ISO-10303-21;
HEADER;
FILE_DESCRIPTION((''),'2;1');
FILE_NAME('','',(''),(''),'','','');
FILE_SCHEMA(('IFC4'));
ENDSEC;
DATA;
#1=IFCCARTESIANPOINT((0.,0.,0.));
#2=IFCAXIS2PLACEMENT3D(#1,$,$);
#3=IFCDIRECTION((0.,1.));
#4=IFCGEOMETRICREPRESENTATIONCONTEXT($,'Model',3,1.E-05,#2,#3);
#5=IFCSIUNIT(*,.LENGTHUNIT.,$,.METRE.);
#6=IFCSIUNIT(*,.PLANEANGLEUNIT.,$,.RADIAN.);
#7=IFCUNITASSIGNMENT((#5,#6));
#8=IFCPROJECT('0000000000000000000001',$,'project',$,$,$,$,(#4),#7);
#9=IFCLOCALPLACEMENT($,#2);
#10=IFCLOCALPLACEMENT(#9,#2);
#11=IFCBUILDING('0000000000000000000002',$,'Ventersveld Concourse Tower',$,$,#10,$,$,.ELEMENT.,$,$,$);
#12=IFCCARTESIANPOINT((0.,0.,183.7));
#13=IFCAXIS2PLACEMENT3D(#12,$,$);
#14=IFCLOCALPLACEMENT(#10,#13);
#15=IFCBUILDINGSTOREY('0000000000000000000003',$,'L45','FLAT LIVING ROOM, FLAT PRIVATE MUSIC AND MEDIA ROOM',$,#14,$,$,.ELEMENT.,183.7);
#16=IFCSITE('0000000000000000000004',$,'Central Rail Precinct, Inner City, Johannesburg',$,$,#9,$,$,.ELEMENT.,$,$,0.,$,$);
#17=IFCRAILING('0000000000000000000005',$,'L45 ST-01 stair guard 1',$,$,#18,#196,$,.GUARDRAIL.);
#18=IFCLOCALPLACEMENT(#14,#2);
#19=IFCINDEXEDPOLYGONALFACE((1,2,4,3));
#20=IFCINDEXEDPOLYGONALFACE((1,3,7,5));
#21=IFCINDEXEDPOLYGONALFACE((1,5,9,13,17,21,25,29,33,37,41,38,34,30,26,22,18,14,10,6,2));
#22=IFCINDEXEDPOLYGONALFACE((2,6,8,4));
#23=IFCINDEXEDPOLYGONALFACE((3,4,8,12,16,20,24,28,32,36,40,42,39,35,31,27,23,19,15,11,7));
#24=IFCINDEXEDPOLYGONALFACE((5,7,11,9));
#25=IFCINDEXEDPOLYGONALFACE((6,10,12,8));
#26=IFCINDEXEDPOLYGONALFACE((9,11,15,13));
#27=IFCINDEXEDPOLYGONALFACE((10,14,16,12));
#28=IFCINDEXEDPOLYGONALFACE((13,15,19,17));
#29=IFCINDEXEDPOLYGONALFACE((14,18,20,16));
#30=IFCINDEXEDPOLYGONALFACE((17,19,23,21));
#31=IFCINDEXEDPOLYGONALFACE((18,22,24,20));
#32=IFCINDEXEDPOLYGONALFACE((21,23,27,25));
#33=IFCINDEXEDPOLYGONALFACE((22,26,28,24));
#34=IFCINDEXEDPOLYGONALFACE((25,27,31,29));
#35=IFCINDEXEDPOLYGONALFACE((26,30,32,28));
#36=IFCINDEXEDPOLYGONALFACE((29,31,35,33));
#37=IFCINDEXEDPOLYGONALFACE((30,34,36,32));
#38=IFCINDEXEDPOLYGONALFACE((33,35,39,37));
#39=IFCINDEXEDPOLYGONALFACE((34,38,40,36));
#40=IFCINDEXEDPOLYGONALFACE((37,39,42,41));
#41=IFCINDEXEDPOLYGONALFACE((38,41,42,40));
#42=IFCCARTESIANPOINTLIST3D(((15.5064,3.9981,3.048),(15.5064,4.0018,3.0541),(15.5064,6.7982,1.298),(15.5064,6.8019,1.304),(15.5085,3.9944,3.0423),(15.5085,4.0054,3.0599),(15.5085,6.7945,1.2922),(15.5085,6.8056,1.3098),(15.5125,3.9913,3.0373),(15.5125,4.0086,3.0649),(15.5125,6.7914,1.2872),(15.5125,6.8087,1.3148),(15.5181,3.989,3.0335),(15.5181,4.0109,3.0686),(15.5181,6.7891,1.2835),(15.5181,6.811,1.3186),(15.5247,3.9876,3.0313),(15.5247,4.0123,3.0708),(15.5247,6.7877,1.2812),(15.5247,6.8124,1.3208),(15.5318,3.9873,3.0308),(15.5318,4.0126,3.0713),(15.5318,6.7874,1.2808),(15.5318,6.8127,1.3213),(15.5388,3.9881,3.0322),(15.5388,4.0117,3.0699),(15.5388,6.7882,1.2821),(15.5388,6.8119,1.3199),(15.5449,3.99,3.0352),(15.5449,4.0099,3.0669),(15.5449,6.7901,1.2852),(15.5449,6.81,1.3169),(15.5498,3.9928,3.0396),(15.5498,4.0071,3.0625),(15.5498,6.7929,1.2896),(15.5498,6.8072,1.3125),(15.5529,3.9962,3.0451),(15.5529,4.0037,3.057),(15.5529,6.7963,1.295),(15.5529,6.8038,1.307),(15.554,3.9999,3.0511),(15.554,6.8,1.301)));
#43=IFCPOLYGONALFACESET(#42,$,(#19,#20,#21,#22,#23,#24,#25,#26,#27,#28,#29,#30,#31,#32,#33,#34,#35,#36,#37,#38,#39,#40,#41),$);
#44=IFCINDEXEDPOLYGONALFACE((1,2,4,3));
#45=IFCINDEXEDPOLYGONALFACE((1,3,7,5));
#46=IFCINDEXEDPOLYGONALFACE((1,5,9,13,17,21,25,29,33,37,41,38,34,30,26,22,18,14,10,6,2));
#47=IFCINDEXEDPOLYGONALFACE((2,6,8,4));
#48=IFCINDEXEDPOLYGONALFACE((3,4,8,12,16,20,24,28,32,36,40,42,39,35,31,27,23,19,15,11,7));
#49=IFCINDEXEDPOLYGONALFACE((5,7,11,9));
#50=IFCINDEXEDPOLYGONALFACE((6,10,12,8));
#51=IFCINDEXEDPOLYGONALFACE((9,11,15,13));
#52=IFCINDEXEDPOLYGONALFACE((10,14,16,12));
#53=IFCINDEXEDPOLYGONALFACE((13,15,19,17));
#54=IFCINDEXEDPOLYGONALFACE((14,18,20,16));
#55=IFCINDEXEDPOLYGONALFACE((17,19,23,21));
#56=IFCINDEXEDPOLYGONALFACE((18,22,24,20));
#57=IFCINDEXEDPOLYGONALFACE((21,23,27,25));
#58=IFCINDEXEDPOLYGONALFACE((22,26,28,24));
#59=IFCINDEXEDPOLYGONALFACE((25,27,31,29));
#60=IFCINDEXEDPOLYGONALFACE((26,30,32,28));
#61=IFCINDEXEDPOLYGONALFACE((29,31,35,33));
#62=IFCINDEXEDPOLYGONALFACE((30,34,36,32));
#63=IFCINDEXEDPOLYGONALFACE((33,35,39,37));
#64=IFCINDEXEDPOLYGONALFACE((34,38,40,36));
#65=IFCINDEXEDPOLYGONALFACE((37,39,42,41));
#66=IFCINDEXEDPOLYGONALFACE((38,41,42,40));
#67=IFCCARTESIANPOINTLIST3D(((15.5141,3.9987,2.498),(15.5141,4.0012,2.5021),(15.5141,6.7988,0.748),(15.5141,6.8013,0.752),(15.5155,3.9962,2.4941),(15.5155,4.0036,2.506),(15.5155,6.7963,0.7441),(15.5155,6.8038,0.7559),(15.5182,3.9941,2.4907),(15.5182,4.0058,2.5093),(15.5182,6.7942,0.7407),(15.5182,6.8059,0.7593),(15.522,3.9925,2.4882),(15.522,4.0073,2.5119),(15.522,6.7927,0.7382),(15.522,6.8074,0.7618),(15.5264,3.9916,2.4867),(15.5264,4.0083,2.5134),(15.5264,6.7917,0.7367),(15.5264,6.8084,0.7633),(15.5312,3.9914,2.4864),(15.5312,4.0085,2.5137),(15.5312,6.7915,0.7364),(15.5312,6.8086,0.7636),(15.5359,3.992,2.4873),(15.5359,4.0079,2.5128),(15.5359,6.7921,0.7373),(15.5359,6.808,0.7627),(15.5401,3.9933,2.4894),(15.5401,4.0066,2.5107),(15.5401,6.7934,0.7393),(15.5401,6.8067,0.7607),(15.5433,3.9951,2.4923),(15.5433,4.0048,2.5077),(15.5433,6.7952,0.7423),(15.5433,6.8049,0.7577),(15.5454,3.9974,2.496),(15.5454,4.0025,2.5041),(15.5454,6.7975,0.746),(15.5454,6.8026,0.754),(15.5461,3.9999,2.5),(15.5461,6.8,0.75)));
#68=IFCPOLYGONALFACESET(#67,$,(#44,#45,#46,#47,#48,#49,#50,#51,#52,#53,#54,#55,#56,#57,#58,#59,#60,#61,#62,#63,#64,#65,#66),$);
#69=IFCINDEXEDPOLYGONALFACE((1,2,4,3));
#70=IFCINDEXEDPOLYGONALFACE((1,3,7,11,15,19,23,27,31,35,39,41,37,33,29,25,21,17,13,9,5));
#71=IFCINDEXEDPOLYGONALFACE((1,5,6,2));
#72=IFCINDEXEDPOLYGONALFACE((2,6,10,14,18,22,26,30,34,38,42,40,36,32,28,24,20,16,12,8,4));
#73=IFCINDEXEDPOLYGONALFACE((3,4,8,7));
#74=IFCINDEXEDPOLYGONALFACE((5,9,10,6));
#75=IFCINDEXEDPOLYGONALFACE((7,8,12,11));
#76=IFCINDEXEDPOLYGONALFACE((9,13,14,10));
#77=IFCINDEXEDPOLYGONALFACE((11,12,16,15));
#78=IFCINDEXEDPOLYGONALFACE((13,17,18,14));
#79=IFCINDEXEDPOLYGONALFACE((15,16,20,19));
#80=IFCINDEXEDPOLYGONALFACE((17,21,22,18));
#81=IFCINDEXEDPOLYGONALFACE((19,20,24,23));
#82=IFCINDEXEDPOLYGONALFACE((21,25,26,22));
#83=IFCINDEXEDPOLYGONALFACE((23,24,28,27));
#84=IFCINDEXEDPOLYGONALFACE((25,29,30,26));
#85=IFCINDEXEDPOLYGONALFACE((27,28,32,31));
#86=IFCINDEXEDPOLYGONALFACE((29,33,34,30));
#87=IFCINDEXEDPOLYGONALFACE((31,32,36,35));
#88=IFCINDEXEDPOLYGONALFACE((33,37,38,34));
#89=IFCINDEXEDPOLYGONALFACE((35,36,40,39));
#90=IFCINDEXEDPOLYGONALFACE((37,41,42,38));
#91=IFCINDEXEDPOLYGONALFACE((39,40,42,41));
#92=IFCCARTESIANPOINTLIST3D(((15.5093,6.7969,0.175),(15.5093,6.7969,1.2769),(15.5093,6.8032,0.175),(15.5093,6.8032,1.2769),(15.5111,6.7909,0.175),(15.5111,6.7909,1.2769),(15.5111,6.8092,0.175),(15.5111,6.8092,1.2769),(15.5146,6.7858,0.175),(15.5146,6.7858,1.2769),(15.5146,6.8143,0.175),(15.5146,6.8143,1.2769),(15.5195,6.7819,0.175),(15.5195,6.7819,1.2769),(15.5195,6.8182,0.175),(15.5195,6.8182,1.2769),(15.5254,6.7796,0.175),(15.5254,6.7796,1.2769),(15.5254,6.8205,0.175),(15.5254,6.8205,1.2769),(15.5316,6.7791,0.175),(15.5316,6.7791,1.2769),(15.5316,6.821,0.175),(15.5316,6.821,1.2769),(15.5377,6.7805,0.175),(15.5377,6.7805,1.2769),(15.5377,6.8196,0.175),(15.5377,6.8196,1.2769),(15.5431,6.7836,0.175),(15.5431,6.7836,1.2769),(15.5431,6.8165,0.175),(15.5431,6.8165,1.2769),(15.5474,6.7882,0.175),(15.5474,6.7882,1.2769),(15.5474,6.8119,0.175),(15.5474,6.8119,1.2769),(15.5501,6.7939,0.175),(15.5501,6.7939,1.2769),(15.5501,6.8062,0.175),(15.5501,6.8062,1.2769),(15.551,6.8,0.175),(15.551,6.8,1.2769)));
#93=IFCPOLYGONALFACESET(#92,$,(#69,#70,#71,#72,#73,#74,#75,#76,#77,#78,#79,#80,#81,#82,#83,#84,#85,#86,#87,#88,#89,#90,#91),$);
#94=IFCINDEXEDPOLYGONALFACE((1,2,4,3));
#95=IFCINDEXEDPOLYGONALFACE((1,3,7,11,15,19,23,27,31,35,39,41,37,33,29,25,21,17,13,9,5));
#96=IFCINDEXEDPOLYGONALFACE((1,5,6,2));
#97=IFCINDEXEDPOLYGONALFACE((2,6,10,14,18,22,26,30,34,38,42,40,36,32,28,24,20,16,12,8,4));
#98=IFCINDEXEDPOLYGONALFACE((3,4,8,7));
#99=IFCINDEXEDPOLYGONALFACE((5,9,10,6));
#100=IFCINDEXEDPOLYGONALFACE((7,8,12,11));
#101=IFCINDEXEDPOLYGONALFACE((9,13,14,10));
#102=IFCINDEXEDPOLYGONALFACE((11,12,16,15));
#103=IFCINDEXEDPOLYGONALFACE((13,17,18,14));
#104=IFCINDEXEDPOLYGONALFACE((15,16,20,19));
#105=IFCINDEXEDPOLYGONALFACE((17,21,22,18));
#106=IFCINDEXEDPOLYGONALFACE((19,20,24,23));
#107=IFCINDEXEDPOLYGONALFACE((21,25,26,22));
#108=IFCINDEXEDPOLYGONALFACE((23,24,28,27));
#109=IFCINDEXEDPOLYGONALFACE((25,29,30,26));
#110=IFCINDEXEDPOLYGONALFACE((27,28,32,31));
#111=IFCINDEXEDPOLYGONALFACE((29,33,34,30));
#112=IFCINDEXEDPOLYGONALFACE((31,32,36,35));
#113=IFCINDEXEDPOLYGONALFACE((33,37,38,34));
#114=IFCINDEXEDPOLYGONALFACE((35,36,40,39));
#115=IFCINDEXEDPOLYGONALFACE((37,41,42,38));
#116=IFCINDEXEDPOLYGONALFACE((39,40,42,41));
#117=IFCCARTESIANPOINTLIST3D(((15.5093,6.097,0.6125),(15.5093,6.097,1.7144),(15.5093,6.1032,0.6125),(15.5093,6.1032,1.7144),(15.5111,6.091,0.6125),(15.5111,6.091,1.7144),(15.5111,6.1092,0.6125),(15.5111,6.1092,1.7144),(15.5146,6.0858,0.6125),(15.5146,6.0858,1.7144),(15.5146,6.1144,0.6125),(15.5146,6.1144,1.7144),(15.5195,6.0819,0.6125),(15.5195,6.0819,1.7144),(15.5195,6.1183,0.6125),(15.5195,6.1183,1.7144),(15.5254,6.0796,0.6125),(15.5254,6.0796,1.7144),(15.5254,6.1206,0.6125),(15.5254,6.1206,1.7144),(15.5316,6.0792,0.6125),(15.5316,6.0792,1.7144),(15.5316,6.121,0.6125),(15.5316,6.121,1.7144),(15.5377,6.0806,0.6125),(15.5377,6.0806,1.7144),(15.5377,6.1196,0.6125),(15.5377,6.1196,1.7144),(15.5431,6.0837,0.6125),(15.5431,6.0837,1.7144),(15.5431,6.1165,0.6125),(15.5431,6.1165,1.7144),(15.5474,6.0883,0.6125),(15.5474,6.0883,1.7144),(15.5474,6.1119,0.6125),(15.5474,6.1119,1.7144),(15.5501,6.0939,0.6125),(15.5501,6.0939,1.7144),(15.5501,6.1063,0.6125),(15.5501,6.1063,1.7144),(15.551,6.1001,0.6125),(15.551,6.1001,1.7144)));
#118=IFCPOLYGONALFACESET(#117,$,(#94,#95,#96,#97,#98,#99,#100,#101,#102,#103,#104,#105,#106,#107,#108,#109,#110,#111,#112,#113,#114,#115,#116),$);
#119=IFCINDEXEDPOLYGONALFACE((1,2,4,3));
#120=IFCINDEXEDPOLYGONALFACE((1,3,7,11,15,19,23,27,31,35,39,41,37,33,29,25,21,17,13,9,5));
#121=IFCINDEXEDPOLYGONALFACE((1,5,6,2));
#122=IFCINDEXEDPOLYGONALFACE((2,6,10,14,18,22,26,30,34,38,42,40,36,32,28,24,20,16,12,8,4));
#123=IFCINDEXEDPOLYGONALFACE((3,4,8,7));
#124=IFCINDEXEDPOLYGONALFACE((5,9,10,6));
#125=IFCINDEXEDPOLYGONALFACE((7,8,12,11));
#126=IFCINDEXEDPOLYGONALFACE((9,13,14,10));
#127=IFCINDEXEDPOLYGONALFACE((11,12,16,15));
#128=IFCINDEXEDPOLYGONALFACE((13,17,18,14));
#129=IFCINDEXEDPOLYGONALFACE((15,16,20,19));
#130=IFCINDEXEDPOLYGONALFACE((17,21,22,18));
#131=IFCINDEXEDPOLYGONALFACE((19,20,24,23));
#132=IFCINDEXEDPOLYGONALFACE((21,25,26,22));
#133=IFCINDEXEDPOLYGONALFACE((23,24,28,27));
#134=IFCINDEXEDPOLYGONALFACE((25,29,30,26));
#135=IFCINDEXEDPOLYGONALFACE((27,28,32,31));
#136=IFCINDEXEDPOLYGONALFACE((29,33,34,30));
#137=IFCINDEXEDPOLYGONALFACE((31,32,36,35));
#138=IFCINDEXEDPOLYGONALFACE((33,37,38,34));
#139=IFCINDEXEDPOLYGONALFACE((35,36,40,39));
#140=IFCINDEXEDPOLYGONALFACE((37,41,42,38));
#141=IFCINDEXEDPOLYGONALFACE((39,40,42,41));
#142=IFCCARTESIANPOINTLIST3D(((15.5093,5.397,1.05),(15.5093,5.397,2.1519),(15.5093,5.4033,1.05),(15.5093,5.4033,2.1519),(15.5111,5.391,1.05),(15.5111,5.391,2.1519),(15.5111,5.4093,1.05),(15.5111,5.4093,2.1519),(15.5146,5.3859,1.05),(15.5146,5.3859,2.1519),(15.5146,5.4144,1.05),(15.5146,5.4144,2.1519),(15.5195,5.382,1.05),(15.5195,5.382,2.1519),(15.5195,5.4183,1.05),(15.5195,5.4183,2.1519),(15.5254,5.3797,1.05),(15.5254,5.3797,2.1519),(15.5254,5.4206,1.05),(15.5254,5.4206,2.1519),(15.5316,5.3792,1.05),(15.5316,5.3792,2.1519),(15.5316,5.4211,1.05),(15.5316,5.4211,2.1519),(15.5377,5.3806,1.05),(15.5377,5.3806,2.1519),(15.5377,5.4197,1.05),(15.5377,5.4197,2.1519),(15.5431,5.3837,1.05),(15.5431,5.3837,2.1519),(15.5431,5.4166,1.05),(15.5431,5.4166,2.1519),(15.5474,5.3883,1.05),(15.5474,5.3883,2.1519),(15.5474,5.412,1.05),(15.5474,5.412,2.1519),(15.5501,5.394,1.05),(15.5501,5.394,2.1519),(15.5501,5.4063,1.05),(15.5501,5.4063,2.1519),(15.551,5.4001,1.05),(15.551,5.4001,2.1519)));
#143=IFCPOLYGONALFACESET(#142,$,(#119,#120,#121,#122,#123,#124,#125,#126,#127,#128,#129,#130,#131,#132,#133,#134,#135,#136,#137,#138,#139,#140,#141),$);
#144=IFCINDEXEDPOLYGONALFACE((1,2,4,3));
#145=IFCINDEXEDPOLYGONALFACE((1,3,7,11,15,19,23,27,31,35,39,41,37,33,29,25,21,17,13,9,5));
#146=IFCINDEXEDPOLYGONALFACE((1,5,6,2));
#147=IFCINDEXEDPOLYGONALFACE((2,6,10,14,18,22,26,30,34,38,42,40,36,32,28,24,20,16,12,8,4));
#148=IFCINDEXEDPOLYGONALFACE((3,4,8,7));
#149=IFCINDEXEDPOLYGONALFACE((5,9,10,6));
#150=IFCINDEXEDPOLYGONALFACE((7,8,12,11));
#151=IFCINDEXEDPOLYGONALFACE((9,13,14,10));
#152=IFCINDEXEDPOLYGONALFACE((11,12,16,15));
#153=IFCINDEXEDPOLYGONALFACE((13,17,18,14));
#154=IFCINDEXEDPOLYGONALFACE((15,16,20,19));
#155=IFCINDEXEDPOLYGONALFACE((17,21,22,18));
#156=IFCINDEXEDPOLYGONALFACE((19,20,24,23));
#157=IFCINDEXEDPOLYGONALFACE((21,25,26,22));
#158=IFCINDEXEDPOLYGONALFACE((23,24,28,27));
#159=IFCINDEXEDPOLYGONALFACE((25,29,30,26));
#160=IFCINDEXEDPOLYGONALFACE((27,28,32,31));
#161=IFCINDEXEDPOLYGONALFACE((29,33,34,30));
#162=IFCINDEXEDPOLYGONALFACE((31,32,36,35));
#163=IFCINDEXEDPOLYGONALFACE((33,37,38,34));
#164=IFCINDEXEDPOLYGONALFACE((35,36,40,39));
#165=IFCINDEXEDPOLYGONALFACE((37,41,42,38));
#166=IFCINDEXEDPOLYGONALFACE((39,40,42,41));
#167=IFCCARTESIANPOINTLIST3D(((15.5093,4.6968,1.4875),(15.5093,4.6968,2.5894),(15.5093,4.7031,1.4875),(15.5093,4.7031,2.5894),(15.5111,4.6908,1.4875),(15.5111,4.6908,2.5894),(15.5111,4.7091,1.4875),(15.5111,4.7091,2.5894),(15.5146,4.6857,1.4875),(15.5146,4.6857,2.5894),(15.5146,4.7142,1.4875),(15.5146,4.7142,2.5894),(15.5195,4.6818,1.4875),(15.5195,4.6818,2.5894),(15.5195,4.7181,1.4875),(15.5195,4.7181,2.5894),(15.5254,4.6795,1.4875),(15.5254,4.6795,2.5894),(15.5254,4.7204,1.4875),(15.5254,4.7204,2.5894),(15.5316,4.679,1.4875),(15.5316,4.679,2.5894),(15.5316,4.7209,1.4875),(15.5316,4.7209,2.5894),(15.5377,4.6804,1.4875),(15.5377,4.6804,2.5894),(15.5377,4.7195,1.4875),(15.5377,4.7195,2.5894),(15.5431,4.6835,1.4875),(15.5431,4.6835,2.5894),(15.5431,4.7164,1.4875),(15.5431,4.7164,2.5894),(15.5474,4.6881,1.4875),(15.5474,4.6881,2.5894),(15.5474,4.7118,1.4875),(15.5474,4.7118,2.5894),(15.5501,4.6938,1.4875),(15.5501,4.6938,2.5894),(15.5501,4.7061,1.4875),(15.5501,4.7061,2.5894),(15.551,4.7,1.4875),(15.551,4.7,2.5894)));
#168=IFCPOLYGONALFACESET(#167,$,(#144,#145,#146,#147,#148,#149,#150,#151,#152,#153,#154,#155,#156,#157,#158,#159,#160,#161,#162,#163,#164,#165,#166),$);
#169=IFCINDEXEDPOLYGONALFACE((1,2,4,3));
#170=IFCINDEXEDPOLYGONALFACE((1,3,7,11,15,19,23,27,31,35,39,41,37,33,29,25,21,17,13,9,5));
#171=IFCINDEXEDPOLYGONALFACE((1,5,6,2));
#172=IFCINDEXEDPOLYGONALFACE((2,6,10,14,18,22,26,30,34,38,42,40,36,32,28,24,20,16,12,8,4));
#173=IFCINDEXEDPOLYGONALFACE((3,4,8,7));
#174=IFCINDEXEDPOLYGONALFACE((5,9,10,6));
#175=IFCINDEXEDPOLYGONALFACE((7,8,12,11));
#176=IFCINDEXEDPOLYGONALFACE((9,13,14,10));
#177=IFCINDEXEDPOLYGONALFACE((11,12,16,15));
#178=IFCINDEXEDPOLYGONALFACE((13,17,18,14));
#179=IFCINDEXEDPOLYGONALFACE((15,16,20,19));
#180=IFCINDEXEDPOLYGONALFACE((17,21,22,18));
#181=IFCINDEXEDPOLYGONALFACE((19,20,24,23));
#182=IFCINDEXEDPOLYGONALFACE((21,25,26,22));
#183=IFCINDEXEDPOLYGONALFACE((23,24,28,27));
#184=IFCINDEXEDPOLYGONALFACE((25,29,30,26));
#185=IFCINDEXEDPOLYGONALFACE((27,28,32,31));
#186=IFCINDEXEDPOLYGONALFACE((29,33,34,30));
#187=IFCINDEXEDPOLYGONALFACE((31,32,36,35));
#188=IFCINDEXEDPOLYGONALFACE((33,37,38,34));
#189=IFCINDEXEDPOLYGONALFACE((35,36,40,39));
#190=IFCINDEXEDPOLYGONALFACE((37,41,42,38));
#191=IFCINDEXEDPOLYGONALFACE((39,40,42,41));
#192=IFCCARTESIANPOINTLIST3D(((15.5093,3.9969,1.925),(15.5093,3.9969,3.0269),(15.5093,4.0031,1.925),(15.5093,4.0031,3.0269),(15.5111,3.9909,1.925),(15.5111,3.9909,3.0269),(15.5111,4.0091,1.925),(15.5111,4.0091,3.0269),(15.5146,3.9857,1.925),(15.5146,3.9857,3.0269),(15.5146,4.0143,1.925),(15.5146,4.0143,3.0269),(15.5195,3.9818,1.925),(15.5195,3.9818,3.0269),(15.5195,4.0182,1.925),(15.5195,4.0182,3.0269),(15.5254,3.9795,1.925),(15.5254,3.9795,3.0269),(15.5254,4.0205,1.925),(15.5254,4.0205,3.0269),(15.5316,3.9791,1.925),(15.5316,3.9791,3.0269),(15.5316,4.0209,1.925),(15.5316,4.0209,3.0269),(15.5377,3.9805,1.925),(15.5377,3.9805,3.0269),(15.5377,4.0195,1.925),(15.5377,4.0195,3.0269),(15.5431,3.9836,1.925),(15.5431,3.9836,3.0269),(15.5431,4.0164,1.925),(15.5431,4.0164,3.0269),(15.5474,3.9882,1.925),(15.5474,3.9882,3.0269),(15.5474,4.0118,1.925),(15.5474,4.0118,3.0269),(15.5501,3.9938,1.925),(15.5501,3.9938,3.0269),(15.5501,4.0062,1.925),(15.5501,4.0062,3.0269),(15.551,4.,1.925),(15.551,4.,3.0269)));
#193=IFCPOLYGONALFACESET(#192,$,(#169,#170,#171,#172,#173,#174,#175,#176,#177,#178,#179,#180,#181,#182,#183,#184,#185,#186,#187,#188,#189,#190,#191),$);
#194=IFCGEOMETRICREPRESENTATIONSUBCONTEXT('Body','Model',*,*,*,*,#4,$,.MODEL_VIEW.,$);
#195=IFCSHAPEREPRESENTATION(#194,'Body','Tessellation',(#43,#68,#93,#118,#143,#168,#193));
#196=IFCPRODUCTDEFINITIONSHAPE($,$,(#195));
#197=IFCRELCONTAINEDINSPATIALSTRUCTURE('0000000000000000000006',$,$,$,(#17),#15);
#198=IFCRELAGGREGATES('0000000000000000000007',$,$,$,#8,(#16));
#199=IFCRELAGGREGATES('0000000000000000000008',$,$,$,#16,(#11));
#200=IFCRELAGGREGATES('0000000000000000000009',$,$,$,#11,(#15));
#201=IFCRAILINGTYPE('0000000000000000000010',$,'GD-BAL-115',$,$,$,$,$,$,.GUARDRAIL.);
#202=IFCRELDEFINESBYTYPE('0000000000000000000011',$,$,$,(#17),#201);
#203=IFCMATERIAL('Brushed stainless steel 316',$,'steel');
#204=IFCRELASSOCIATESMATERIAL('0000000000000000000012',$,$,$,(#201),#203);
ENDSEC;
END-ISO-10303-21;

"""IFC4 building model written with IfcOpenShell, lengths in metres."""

from ifc_helpers import new_model, si_unit, direction, frame, origin, origin_2d, place, context, subcontext, project, spatial, circle, extrude, material, type_object, element, save


model = new_model("IFC4")

# Units and contexts
model_context = context("Model", 3, precision=1e-05, world=origin(), true_north=direction((0.0, 1.0)))
body_context = subcontext(model_context, "Body", "Model", "MODEL_VIEW")
ifc_project = project(units=[si_unit("LENGTHUNIT", "METRE"), si_unit("PLANEANGLEUNIT", "RADIAN")], contexts=[model_context])

# Site, building, storey
site_placement = place(None, origin())
site = spatial("IfcSite", under=ifc_project, at=site_placement, Name="Central Rail Precinct, Inner City, Johannesburg", CompositionType="ELEMENT", RefElevation=0.0)
building_placement = place(site_placement, origin())
building = spatial("IfcBuilding", under=site, at=building_placement, Name="Ventersveld Concourse Tower", CompositionType="ELEMENT")
storey_placement = place(building_placement, frame((0.0, 0.0, 183.7)))
storey = spatial("IfcBuildingStorey", under=building, at=storey_placement, Name="L45", Description="FLAT LIVING ROOM, FLAT PRIVATE MUSIC AND MEDIA ROOM", CompositionType="ELEMENT", Elevation=183.7)

# Shared definitions
ifc_material_1 = material(Name="Brushed stainless steel 316", Category="steel")

# Railing
railing_type = type_object("IfcRailingType", Name="GD-BAL-115", PredefinedType="GUARDRAIL", material=ifc_material_1)
railing_1_placement = place(storey_placement, frame((15.53, 6.8, 0.175)))
element("IfcRailing", 1, at=railing_1_placement, inside=storey, type_object=railing_type, Name="L45 ST-01 stair guard 1", PredefinedType="GUARDRAIL", context=body_context, shape_type="SweptSolid", body=[
    extrude(circle(Radius=0.0239, at=origin_2d()), frame((0.0, 0.0, 1.126), z_axis=(0.0, -0.848002, 0.529992), x_axis=(1.0, 0.0, 0.0)), (0.0, 0.0, 1.0), 3.302),
    extrude(circle(Radius=0.0161, at=origin_2d()), frame((0.0, 0.0, 0.575), z_axis=(0.0, -0.848002, 0.529992), x_axis=(1.0, 0.0, 0.0)), (0.0, 0.0, 1.0), 3.302),
    extrude(circle(Radius=0.021, at=origin_2d()), origin(), (0.0, 0.0, 1.0), 1.1018),
    extrude(circle(Radius=0.021, at=origin_2d()), frame((0.0, -0.7, 0.4375)), (0.0, 0.0, 1.0), 1.1018),
    extrude(circle(Radius=0.021, at=origin_2d()), frame((0.0, -1.3999, 0.875)), (0.0, 0.0, 1.0), 1.1018),
    extrude(circle(Radius=0.021, at=origin_2d()), frame((0.0, -2.1001, 1.3125)), (0.0, 0.0, 1.0), 1.1018),
    extrude(circle(Radius=0.021, at=origin_2d()), frame((0.0, -2.8, 1.75)), (0.0, 0.0, 1.0), 1.1018),
])

save(model, "model.ifc")
